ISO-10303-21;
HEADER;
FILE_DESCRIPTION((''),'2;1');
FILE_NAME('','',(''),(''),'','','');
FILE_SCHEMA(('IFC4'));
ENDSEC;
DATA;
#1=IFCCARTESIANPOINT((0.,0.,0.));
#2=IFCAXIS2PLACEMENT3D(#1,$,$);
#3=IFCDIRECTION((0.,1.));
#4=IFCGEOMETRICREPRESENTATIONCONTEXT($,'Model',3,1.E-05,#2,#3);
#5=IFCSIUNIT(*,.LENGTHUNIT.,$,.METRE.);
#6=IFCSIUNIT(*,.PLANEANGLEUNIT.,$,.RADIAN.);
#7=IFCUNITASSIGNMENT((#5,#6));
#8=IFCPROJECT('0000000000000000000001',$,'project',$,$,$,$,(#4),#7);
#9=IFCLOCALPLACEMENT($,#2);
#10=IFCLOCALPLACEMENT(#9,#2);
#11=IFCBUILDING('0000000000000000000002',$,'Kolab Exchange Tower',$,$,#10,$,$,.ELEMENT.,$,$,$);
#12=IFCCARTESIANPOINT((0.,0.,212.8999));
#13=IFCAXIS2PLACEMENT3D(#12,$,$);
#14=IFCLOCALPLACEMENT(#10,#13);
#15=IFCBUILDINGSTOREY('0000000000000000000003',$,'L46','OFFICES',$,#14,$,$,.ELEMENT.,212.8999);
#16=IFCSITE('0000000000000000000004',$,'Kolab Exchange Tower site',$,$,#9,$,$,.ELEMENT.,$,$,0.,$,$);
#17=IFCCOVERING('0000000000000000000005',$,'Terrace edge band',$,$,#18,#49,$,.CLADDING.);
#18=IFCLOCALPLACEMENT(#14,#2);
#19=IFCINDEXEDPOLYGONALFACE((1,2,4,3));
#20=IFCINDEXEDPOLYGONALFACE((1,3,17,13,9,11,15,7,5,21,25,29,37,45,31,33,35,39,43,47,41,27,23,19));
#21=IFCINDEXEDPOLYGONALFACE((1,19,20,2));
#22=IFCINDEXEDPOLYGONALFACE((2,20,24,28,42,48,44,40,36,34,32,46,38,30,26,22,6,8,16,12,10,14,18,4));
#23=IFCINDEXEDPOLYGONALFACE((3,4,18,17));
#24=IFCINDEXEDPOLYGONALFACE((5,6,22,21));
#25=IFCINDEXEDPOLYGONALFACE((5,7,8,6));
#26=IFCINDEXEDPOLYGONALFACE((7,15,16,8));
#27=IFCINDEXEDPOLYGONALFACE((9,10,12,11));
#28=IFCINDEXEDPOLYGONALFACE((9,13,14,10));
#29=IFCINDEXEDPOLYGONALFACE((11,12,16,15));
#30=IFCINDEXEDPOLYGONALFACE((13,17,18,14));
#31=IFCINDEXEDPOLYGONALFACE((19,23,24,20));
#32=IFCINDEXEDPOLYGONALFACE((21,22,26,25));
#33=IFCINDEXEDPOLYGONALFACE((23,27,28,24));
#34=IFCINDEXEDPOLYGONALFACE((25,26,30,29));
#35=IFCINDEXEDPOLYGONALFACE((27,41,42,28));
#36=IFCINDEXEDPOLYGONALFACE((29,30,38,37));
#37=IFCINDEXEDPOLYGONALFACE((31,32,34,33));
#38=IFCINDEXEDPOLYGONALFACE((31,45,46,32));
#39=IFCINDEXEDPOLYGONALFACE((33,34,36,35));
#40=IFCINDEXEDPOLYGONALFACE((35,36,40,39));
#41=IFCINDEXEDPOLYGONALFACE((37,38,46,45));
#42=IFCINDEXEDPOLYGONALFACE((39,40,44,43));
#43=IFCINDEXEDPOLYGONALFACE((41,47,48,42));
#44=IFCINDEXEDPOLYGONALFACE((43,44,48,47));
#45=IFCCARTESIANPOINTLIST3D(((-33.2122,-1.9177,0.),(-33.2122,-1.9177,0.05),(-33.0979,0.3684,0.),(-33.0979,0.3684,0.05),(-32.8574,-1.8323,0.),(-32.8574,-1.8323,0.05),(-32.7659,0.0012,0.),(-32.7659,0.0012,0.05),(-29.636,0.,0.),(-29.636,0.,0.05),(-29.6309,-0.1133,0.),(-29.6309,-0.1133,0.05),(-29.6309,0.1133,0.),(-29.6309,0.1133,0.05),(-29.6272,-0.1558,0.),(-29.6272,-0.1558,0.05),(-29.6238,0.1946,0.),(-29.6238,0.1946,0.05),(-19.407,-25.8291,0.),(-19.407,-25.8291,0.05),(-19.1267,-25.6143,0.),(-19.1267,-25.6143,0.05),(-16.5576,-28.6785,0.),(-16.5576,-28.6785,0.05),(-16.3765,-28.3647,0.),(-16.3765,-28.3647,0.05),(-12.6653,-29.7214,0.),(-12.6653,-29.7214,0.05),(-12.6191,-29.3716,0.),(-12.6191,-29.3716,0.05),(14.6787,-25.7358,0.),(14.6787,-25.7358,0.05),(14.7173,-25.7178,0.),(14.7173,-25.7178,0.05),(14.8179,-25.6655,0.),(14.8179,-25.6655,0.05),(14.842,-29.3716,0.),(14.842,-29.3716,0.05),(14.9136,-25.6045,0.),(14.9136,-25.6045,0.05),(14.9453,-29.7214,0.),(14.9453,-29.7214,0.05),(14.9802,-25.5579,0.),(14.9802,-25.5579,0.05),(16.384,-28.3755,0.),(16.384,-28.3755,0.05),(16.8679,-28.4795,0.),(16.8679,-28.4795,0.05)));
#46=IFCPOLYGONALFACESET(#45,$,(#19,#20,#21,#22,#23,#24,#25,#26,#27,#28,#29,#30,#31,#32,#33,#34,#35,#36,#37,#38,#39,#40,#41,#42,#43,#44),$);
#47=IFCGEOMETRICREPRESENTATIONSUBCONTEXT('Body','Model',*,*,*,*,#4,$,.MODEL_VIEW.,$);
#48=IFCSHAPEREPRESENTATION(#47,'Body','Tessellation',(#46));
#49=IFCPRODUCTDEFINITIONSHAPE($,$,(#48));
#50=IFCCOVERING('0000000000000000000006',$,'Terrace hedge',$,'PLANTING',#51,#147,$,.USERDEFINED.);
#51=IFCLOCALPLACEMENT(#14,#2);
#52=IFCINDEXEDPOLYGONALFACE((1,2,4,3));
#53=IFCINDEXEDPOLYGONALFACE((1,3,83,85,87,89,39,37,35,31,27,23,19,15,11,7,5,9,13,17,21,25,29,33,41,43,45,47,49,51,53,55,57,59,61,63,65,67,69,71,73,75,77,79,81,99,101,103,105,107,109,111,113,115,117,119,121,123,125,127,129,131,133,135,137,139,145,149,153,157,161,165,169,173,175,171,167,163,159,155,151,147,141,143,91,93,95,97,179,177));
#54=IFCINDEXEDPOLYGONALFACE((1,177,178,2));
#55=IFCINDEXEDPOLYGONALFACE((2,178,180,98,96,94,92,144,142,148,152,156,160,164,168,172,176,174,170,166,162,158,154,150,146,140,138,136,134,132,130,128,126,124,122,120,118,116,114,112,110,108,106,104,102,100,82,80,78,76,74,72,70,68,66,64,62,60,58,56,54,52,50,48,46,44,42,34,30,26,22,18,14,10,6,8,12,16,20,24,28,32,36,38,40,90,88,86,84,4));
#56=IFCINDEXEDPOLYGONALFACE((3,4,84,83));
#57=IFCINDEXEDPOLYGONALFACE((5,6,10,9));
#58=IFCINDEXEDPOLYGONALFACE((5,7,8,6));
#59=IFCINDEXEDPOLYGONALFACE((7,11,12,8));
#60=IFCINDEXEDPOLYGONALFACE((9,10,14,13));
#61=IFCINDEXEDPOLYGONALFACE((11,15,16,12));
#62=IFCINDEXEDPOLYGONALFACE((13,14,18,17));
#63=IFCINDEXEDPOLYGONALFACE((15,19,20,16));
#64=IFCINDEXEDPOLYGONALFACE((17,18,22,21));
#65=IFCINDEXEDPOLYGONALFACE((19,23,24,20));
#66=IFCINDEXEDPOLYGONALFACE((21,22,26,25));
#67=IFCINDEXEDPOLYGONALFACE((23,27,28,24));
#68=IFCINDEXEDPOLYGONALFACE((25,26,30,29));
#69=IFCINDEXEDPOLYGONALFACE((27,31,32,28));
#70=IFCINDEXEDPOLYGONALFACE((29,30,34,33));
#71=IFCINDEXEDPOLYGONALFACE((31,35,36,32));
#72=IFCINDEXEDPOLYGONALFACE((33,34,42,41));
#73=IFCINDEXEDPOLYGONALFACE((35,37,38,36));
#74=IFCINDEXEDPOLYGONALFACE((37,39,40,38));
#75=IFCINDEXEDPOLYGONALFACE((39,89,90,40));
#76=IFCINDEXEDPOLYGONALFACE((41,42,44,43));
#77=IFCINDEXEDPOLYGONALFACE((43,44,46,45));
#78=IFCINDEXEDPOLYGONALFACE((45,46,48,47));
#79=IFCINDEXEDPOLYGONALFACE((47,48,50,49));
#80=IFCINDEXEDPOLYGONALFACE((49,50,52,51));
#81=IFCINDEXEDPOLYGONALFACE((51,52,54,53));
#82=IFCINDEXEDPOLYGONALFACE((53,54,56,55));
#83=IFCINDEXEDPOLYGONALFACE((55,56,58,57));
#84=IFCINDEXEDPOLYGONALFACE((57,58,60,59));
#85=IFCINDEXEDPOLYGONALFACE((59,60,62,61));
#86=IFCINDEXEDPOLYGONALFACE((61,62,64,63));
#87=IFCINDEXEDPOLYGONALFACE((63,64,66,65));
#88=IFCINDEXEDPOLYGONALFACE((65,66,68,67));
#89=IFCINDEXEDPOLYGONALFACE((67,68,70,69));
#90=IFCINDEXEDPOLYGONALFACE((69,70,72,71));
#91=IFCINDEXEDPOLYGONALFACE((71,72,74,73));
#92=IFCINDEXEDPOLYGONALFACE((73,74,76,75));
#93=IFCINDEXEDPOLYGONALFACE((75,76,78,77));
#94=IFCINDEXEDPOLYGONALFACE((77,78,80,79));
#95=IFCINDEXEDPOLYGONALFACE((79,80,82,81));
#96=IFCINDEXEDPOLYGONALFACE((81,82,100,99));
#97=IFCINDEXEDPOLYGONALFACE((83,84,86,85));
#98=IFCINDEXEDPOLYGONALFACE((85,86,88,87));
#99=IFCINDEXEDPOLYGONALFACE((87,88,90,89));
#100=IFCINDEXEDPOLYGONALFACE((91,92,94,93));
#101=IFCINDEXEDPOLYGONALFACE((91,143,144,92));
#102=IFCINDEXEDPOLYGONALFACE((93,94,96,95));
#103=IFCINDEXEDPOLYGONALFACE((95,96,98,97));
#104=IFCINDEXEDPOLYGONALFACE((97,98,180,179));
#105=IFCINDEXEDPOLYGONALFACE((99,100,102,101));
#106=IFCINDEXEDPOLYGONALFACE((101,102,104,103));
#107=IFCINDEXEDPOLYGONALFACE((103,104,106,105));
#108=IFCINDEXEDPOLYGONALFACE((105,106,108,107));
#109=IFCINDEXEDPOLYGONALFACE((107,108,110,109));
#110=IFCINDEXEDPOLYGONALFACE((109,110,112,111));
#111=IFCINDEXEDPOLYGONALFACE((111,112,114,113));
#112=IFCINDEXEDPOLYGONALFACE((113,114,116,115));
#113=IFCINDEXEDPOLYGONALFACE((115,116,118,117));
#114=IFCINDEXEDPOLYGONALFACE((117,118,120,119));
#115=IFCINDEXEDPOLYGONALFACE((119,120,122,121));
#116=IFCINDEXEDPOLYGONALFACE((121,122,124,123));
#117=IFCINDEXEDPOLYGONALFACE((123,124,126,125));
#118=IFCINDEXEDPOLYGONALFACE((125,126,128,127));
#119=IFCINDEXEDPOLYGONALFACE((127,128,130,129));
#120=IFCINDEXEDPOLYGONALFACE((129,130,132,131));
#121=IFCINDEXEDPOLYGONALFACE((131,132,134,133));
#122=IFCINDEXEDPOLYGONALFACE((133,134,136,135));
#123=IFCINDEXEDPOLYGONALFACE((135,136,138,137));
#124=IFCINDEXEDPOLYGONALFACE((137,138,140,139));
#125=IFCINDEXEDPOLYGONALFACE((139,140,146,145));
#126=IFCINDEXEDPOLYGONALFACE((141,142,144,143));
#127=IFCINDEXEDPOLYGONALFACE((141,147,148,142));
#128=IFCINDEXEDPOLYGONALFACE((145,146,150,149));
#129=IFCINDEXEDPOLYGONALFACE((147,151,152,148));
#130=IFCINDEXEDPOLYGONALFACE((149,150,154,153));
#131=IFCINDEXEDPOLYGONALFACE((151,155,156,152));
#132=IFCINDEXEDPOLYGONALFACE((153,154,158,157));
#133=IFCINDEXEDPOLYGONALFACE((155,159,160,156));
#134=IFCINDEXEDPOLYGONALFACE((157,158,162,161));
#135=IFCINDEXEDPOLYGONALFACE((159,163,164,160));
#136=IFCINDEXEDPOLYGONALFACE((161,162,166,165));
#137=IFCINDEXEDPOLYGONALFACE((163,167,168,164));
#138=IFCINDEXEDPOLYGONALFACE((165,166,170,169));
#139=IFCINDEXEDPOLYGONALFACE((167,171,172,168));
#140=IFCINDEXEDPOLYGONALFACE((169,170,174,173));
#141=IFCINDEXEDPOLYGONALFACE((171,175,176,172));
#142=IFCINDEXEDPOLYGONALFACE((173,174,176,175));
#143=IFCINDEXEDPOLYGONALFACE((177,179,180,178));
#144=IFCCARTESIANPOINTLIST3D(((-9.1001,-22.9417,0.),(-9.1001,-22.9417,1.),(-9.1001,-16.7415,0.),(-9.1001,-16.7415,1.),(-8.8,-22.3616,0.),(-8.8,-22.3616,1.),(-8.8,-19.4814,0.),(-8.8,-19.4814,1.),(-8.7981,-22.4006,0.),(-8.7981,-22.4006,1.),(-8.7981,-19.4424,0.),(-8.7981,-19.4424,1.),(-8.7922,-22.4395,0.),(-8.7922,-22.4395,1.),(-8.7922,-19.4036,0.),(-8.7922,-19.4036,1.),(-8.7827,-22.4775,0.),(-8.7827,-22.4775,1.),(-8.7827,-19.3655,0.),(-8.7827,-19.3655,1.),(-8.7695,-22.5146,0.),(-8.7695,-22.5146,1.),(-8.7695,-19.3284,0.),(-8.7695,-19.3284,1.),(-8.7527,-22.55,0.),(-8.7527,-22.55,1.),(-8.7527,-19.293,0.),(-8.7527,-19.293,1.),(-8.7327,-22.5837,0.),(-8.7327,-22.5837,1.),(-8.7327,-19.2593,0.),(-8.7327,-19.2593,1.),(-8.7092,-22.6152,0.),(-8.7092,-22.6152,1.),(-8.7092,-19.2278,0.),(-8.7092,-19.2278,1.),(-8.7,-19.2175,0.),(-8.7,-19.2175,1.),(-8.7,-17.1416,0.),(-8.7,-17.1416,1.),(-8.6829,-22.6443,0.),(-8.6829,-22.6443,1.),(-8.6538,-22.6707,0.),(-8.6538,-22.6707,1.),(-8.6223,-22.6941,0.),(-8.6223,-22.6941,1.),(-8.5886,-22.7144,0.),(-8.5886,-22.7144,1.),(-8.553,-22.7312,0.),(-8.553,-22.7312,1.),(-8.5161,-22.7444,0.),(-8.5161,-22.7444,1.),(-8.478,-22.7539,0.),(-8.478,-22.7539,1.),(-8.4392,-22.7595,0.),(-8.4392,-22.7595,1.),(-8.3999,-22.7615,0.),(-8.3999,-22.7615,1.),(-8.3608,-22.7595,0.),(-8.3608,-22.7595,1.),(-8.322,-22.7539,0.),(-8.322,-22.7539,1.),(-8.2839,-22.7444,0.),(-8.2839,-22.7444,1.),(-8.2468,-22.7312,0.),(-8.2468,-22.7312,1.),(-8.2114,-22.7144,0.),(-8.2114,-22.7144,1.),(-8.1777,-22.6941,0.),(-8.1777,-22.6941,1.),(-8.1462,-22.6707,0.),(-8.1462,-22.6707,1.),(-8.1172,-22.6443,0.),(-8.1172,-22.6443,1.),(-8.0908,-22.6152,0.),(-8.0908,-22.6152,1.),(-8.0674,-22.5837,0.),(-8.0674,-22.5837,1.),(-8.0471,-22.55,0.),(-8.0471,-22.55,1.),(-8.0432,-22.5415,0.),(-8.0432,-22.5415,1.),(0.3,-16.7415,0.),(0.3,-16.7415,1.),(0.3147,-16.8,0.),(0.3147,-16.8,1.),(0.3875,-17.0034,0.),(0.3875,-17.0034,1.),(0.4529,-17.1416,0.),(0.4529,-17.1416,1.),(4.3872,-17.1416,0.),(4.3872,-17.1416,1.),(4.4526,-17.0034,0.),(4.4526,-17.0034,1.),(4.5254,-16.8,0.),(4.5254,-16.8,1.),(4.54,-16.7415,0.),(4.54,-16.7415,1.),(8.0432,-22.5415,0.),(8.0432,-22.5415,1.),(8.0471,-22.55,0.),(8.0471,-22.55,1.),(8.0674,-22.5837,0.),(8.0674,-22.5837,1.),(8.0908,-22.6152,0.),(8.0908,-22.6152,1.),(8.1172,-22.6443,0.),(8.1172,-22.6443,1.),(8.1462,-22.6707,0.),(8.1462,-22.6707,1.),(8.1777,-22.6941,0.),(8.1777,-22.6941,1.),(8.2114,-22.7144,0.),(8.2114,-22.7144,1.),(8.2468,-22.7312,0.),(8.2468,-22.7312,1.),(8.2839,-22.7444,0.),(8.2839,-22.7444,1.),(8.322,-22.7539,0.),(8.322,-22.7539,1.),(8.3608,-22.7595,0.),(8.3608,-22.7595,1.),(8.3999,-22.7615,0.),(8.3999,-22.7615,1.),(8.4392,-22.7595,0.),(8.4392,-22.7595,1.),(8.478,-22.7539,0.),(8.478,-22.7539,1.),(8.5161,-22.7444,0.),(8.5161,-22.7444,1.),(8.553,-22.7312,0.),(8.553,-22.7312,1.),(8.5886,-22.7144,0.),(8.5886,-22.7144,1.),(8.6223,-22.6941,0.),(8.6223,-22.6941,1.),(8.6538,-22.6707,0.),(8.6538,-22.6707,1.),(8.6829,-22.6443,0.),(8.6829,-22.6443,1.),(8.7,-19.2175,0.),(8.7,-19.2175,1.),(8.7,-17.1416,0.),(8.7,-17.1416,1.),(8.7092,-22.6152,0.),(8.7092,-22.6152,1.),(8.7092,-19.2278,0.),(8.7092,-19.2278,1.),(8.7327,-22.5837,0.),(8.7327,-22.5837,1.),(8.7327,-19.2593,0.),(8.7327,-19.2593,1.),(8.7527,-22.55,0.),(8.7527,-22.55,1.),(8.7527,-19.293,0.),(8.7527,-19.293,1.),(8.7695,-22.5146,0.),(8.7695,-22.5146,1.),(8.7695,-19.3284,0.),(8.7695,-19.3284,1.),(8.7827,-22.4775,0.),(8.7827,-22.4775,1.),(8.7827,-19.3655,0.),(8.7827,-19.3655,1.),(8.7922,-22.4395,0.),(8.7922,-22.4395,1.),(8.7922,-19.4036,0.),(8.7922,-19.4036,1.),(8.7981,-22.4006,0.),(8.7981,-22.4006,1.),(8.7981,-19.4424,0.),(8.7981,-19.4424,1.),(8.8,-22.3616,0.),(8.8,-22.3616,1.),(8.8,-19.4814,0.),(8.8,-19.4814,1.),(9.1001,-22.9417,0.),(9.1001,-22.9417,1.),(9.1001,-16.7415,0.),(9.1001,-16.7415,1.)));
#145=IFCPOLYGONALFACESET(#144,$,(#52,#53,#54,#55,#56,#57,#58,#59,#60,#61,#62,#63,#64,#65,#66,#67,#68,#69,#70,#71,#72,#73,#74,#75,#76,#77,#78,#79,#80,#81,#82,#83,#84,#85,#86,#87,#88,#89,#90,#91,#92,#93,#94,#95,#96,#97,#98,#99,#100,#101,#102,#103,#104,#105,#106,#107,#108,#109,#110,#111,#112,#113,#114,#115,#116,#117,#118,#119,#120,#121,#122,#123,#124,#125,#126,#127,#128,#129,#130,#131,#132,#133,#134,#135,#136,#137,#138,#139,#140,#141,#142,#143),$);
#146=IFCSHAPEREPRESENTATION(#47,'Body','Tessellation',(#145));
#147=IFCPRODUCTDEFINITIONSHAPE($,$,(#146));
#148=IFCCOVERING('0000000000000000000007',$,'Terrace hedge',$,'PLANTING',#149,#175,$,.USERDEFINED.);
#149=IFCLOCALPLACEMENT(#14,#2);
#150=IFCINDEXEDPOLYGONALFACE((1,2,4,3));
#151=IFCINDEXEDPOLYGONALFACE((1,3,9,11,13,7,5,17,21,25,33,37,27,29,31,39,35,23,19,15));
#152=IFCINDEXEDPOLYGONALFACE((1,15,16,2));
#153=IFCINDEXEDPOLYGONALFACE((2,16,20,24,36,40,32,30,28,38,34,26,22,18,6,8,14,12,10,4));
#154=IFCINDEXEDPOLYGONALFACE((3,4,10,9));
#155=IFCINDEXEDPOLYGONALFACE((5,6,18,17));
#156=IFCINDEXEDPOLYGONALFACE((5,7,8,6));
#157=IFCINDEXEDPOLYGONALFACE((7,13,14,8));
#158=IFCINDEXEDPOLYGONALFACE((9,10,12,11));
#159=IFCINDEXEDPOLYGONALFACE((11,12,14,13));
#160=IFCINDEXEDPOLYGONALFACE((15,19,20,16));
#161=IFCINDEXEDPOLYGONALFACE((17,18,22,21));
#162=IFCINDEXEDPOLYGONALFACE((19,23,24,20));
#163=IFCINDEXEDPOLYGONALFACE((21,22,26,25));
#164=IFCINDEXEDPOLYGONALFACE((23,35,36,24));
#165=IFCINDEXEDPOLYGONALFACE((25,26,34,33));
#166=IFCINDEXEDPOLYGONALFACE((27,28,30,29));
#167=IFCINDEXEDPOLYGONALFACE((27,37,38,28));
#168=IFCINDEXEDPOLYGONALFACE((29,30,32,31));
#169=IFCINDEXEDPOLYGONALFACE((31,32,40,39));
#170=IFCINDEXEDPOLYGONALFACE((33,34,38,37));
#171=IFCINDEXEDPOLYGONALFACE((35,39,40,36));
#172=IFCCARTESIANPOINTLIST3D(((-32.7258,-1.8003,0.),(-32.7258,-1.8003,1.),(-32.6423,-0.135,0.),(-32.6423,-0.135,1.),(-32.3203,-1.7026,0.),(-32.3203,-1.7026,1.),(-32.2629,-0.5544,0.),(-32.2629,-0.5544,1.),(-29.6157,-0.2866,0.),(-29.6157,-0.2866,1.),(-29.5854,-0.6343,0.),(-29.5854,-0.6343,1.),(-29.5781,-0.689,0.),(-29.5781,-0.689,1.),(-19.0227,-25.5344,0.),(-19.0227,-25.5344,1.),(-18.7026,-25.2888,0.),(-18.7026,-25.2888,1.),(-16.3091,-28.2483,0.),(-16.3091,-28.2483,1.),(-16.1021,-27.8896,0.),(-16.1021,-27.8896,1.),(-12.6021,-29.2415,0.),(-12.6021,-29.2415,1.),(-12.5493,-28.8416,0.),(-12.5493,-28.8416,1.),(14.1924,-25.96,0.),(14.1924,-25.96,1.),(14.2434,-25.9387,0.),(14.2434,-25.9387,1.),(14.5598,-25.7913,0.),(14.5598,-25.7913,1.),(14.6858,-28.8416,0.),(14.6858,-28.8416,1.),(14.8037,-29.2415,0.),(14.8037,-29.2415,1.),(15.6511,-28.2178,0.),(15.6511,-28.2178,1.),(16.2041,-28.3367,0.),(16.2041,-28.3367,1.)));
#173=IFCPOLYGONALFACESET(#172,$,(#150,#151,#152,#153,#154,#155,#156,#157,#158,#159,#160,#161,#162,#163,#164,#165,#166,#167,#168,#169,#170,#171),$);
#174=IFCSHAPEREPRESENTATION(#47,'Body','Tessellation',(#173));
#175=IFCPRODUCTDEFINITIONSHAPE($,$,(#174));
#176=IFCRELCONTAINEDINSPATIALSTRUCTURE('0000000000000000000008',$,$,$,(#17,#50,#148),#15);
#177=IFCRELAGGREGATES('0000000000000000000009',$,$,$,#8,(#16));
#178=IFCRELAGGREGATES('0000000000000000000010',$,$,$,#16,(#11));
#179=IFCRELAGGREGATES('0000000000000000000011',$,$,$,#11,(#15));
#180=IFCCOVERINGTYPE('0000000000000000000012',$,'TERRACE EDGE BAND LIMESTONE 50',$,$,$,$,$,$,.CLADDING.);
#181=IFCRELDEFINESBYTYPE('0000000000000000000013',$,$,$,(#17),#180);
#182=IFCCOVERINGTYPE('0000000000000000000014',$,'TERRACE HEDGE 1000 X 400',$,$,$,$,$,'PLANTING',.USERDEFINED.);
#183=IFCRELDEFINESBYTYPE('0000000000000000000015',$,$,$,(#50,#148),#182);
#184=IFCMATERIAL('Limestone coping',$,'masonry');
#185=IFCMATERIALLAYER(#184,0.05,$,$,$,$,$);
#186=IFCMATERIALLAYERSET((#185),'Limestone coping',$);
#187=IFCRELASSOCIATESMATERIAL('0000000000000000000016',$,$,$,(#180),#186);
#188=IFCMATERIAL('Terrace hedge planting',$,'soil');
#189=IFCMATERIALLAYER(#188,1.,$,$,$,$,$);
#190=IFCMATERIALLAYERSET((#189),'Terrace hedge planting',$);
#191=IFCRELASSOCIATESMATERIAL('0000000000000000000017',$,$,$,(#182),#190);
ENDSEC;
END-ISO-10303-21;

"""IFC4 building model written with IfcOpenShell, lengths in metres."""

from ifc_helpers import new_model, si_unit, direction, frame, origin, place, context, subcontext, project, spatial, polyline, outline, extrude, material, layer, layer_set, type_object, element, save


model = new_model("IFC4")

# Units and contexts
model_context = context("Model", 3, precision=1e-05, world=origin(), true_north=direction((0.0, 1.0)))
body_context = subcontext(model_context, "Body", "Model", "MODEL_VIEW")
ifc_project = project(units=[si_unit("LENGTHUNIT", "METRE"), si_unit("PLANEANGLEUNIT", "RADIAN")], contexts=[model_context])

# Site, building, storey
site_placement = place(None, origin())
site = spatial("IfcSite", under=ifc_project, at=site_placement, Name="Kolab Exchange Tower site", CompositionType="ELEMENT", RefElevation=0.0)
building_placement = place(site_placement, origin())
building = spatial("IfcBuilding", under=site, at=building_placement, Name="Kolab Exchange Tower", CompositionType="ELEMENT")
storey_placement = place(building_placement, frame((0.0, 0.0, 212.8999)))
storey = spatial("IfcBuildingStorey", under=building, at=storey_placement, Name="L46", Description="OFFICES", CompositionType="ELEMENT", Elevation=212.8999)

# Coverings
ifc_material_1 = material(Name="Limestone coping", Category="masonry")
ifc_layer_1 = layer(ifc_material_1, 0.05)
ifc_layer_set_1 = layer_set([ifc_layer_1], Name="Limestone coping")
covering_type_1 = type_object("IfcCoveringType", Name="TERRACE EDGE BAND LIMESTONE 50", PredefinedType="CLADDING", material=ifc_layer_set_1)
covering_1_placement = place(storey_placement, origin())
element("IfcCovering", 1, at=covering_1_placement, inside=storey, type_object=covering_type_1, Name="Terrace edge band", PredefinedType="CLADDING", context=body_context, shape_type="SweptSolid", body=[
    extrude(outline(polyline([(14.9453, -29.7214), (-12.6653, -29.7214), (-16.5576, -28.6785), (-19.407, -25.8291), (-33.2122, -1.9177), (-33.0979, 0.3684), (-29.6238, 0.1946), (-29.6309, 0.1133), (-29.636, 0.0), (-29.6309, -0.1133), (-29.6272, -0.1558), (-32.7659, 0.0012), (-32.8574, -1.8323), (-19.1267, -25.6143), (-16.3765, -28.3647), (-12.6191, -29.3716), (14.842, -29.3716), (16.384, -28.3755), (14.6787, -25.7358), (14.7173, -25.7178), (14.8179, -25.6655), (14.9136, -25.6045), (14.9802, -25.5579), (16.8679, -28.4795), (14.9453, -29.7214)])), origin(), (0.0, 0.0, 1.0), 0.05),
])
ifc_material_2 = material(Name="Terrace hedge planting", Category="soil")
ifc_layer_2 = layer(ifc_material_2, 1.0)
ifc_layer_set_2 = layer_set([ifc_layer_2], Name="Terrace hedge planting")
covering_type_2 = type_object("IfcCoveringType", Name="TERRACE HEDGE 1000 X 400", ElementType="PLANTING", PredefinedType="USERDEFINED", material=ifc_layer_set_2)
covering_2_placement = place(storey_placement, origin())
element("IfcCovering", 2, at=covering_2_placement, inside=storey, type_object=covering_type_2, Name="Terrace hedge", ObjectType="PLANTING", PredefinedType="USERDEFINED", context=body_context, shape_type="SweptSolid", body=[
    extrude(outline(polyline([(-9.1001, -22.9417), (-9.1001, -16.7415), (0.3, -16.7415), (0.3147, -16.8), (0.3875, -17.0034), (0.4529, -17.1416), (-8.7, -17.1416), (-8.7, -19.2175), (-8.7092, -19.2278), (-8.7327, -19.2593), (-8.7527, -19.293), (-8.7695, -19.3284), (-8.7827, -19.3655), (-8.7922, -19.4036), (-8.7981, -19.4424), (-8.8, -19.4814), (-8.8, -22.3616), (-8.7981, -22.4006), (-8.7922, -22.4395), (-8.7827, -22.4775), (-8.7695, -22.5146), (-8.7527, -22.55), (-8.7327, -22.5837), (-8.7092, -22.6152), (-8.6829, -22.6443), (-8.6538, -22.6707), (-8.6223, -22.6941), (-8.5886, -22.7144), (-8.553, -22.7312), (-8.5161, -22.7444), (-8.478, -22.7539), (-8.4392, -22.7595), (-8.3999, -22.7615), (-8.3608, -22.7595), (-8.322, -22.7539), (-8.2839, -22.7444), (-8.2468, -22.7312), (-8.2114, -22.7144), (-8.1777, -22.6941), (-8.1462, -22.6707), (-8.1172, -22.6443), (-8.0908, -22.6152), (-8.0674, -22.5837), (-8.0471, -22.55), (-8.0432, -22.5415), (8.0432, -22.5415), (8.0471, -22.55), (8.0674, -22.5837), (8.0908, -22.6152), (8.1172, -22.6443), (8.1462, -22.6707), (8.1777, -22.6941), (8.2114, -22.7144), (8.2468, -22.7312), (8.2839, -22.7444), (8.322, -22.7539), (8.3608, -22.7595), (8.3999, -22.7615), (8.4392, -22.7595), (8.478, -22.7539), (8.5161, -22.7444), (8.553, -22.7312), (8.5886, -22.7144), (8.6223, -22.6941), (8.6538, -22.6707), (8.6829, -22.6443), (8.7092, -22.6152), (8.7327, -22.5837), (8.7527, -22.55), (8.7695, -22.5146), (8.7827, -22.4775), (8.7922, -22.4395), (8.7981, -22.4006), (8.8, -22.3616), (8.8, -19.4814), (8.7981, -19.4424), (8.7922, -19.4036), (8.7827, -19.3655), (8.7695, -19.3284), (8.7527, -19.293), (8.7327, -19.2593), (8.7092, -19.2278), (8.7, -19.2175), (8.7, -17.1416), (4.3872, -17.1416), (4.4526, -17.0034), (4.5254, -16.8), (4.54, -16.7415), (9.1001, -16.7415), (9.1001, -22.9417), (-9.1001, -22.9417)])), origin(), (0.0, 0.0, 1.0), 1.0),
])
covering_3_placement = place(storey_placement, origin())
element("IfcCovering", 3, at=covering_3_placement, inside=storey, type_object=covering_type_2, Name="Terrace hedge", ObjectType="PLANTING", PredefinedType="USERDEFINED", context=body_context, shape_type="SweptSolid", body=[
    extrude(outline(polyline([(16.2041, -28.3367), (14.8037, -29.2415), (-12.6021, -29.2415), (-16.3091, -28.2483), (-19.0227, -25.5344), (-32.7258, -1.8003), (-32.6423, -0.135), (-29.6157, -0.2866), (-29.5854, -0.6343), (-29.5781, -0.689), (-32.2629, -0.5544), (-32.3203, -1.7026), (-18.7026, -25.2888), (-16.1021, -27.8896), (-12.5493, -28.8416), (14.6858, -28.8416), (15.6511, -28.2178), (14.1924, -25.96), (14.2434, -25.9387), (14.5598, -25.7913), (16.2041, -28.3367)])), origin(), (0.0, 0.0, 1.0), 1.0),
])

save(model, "model.ifc")
